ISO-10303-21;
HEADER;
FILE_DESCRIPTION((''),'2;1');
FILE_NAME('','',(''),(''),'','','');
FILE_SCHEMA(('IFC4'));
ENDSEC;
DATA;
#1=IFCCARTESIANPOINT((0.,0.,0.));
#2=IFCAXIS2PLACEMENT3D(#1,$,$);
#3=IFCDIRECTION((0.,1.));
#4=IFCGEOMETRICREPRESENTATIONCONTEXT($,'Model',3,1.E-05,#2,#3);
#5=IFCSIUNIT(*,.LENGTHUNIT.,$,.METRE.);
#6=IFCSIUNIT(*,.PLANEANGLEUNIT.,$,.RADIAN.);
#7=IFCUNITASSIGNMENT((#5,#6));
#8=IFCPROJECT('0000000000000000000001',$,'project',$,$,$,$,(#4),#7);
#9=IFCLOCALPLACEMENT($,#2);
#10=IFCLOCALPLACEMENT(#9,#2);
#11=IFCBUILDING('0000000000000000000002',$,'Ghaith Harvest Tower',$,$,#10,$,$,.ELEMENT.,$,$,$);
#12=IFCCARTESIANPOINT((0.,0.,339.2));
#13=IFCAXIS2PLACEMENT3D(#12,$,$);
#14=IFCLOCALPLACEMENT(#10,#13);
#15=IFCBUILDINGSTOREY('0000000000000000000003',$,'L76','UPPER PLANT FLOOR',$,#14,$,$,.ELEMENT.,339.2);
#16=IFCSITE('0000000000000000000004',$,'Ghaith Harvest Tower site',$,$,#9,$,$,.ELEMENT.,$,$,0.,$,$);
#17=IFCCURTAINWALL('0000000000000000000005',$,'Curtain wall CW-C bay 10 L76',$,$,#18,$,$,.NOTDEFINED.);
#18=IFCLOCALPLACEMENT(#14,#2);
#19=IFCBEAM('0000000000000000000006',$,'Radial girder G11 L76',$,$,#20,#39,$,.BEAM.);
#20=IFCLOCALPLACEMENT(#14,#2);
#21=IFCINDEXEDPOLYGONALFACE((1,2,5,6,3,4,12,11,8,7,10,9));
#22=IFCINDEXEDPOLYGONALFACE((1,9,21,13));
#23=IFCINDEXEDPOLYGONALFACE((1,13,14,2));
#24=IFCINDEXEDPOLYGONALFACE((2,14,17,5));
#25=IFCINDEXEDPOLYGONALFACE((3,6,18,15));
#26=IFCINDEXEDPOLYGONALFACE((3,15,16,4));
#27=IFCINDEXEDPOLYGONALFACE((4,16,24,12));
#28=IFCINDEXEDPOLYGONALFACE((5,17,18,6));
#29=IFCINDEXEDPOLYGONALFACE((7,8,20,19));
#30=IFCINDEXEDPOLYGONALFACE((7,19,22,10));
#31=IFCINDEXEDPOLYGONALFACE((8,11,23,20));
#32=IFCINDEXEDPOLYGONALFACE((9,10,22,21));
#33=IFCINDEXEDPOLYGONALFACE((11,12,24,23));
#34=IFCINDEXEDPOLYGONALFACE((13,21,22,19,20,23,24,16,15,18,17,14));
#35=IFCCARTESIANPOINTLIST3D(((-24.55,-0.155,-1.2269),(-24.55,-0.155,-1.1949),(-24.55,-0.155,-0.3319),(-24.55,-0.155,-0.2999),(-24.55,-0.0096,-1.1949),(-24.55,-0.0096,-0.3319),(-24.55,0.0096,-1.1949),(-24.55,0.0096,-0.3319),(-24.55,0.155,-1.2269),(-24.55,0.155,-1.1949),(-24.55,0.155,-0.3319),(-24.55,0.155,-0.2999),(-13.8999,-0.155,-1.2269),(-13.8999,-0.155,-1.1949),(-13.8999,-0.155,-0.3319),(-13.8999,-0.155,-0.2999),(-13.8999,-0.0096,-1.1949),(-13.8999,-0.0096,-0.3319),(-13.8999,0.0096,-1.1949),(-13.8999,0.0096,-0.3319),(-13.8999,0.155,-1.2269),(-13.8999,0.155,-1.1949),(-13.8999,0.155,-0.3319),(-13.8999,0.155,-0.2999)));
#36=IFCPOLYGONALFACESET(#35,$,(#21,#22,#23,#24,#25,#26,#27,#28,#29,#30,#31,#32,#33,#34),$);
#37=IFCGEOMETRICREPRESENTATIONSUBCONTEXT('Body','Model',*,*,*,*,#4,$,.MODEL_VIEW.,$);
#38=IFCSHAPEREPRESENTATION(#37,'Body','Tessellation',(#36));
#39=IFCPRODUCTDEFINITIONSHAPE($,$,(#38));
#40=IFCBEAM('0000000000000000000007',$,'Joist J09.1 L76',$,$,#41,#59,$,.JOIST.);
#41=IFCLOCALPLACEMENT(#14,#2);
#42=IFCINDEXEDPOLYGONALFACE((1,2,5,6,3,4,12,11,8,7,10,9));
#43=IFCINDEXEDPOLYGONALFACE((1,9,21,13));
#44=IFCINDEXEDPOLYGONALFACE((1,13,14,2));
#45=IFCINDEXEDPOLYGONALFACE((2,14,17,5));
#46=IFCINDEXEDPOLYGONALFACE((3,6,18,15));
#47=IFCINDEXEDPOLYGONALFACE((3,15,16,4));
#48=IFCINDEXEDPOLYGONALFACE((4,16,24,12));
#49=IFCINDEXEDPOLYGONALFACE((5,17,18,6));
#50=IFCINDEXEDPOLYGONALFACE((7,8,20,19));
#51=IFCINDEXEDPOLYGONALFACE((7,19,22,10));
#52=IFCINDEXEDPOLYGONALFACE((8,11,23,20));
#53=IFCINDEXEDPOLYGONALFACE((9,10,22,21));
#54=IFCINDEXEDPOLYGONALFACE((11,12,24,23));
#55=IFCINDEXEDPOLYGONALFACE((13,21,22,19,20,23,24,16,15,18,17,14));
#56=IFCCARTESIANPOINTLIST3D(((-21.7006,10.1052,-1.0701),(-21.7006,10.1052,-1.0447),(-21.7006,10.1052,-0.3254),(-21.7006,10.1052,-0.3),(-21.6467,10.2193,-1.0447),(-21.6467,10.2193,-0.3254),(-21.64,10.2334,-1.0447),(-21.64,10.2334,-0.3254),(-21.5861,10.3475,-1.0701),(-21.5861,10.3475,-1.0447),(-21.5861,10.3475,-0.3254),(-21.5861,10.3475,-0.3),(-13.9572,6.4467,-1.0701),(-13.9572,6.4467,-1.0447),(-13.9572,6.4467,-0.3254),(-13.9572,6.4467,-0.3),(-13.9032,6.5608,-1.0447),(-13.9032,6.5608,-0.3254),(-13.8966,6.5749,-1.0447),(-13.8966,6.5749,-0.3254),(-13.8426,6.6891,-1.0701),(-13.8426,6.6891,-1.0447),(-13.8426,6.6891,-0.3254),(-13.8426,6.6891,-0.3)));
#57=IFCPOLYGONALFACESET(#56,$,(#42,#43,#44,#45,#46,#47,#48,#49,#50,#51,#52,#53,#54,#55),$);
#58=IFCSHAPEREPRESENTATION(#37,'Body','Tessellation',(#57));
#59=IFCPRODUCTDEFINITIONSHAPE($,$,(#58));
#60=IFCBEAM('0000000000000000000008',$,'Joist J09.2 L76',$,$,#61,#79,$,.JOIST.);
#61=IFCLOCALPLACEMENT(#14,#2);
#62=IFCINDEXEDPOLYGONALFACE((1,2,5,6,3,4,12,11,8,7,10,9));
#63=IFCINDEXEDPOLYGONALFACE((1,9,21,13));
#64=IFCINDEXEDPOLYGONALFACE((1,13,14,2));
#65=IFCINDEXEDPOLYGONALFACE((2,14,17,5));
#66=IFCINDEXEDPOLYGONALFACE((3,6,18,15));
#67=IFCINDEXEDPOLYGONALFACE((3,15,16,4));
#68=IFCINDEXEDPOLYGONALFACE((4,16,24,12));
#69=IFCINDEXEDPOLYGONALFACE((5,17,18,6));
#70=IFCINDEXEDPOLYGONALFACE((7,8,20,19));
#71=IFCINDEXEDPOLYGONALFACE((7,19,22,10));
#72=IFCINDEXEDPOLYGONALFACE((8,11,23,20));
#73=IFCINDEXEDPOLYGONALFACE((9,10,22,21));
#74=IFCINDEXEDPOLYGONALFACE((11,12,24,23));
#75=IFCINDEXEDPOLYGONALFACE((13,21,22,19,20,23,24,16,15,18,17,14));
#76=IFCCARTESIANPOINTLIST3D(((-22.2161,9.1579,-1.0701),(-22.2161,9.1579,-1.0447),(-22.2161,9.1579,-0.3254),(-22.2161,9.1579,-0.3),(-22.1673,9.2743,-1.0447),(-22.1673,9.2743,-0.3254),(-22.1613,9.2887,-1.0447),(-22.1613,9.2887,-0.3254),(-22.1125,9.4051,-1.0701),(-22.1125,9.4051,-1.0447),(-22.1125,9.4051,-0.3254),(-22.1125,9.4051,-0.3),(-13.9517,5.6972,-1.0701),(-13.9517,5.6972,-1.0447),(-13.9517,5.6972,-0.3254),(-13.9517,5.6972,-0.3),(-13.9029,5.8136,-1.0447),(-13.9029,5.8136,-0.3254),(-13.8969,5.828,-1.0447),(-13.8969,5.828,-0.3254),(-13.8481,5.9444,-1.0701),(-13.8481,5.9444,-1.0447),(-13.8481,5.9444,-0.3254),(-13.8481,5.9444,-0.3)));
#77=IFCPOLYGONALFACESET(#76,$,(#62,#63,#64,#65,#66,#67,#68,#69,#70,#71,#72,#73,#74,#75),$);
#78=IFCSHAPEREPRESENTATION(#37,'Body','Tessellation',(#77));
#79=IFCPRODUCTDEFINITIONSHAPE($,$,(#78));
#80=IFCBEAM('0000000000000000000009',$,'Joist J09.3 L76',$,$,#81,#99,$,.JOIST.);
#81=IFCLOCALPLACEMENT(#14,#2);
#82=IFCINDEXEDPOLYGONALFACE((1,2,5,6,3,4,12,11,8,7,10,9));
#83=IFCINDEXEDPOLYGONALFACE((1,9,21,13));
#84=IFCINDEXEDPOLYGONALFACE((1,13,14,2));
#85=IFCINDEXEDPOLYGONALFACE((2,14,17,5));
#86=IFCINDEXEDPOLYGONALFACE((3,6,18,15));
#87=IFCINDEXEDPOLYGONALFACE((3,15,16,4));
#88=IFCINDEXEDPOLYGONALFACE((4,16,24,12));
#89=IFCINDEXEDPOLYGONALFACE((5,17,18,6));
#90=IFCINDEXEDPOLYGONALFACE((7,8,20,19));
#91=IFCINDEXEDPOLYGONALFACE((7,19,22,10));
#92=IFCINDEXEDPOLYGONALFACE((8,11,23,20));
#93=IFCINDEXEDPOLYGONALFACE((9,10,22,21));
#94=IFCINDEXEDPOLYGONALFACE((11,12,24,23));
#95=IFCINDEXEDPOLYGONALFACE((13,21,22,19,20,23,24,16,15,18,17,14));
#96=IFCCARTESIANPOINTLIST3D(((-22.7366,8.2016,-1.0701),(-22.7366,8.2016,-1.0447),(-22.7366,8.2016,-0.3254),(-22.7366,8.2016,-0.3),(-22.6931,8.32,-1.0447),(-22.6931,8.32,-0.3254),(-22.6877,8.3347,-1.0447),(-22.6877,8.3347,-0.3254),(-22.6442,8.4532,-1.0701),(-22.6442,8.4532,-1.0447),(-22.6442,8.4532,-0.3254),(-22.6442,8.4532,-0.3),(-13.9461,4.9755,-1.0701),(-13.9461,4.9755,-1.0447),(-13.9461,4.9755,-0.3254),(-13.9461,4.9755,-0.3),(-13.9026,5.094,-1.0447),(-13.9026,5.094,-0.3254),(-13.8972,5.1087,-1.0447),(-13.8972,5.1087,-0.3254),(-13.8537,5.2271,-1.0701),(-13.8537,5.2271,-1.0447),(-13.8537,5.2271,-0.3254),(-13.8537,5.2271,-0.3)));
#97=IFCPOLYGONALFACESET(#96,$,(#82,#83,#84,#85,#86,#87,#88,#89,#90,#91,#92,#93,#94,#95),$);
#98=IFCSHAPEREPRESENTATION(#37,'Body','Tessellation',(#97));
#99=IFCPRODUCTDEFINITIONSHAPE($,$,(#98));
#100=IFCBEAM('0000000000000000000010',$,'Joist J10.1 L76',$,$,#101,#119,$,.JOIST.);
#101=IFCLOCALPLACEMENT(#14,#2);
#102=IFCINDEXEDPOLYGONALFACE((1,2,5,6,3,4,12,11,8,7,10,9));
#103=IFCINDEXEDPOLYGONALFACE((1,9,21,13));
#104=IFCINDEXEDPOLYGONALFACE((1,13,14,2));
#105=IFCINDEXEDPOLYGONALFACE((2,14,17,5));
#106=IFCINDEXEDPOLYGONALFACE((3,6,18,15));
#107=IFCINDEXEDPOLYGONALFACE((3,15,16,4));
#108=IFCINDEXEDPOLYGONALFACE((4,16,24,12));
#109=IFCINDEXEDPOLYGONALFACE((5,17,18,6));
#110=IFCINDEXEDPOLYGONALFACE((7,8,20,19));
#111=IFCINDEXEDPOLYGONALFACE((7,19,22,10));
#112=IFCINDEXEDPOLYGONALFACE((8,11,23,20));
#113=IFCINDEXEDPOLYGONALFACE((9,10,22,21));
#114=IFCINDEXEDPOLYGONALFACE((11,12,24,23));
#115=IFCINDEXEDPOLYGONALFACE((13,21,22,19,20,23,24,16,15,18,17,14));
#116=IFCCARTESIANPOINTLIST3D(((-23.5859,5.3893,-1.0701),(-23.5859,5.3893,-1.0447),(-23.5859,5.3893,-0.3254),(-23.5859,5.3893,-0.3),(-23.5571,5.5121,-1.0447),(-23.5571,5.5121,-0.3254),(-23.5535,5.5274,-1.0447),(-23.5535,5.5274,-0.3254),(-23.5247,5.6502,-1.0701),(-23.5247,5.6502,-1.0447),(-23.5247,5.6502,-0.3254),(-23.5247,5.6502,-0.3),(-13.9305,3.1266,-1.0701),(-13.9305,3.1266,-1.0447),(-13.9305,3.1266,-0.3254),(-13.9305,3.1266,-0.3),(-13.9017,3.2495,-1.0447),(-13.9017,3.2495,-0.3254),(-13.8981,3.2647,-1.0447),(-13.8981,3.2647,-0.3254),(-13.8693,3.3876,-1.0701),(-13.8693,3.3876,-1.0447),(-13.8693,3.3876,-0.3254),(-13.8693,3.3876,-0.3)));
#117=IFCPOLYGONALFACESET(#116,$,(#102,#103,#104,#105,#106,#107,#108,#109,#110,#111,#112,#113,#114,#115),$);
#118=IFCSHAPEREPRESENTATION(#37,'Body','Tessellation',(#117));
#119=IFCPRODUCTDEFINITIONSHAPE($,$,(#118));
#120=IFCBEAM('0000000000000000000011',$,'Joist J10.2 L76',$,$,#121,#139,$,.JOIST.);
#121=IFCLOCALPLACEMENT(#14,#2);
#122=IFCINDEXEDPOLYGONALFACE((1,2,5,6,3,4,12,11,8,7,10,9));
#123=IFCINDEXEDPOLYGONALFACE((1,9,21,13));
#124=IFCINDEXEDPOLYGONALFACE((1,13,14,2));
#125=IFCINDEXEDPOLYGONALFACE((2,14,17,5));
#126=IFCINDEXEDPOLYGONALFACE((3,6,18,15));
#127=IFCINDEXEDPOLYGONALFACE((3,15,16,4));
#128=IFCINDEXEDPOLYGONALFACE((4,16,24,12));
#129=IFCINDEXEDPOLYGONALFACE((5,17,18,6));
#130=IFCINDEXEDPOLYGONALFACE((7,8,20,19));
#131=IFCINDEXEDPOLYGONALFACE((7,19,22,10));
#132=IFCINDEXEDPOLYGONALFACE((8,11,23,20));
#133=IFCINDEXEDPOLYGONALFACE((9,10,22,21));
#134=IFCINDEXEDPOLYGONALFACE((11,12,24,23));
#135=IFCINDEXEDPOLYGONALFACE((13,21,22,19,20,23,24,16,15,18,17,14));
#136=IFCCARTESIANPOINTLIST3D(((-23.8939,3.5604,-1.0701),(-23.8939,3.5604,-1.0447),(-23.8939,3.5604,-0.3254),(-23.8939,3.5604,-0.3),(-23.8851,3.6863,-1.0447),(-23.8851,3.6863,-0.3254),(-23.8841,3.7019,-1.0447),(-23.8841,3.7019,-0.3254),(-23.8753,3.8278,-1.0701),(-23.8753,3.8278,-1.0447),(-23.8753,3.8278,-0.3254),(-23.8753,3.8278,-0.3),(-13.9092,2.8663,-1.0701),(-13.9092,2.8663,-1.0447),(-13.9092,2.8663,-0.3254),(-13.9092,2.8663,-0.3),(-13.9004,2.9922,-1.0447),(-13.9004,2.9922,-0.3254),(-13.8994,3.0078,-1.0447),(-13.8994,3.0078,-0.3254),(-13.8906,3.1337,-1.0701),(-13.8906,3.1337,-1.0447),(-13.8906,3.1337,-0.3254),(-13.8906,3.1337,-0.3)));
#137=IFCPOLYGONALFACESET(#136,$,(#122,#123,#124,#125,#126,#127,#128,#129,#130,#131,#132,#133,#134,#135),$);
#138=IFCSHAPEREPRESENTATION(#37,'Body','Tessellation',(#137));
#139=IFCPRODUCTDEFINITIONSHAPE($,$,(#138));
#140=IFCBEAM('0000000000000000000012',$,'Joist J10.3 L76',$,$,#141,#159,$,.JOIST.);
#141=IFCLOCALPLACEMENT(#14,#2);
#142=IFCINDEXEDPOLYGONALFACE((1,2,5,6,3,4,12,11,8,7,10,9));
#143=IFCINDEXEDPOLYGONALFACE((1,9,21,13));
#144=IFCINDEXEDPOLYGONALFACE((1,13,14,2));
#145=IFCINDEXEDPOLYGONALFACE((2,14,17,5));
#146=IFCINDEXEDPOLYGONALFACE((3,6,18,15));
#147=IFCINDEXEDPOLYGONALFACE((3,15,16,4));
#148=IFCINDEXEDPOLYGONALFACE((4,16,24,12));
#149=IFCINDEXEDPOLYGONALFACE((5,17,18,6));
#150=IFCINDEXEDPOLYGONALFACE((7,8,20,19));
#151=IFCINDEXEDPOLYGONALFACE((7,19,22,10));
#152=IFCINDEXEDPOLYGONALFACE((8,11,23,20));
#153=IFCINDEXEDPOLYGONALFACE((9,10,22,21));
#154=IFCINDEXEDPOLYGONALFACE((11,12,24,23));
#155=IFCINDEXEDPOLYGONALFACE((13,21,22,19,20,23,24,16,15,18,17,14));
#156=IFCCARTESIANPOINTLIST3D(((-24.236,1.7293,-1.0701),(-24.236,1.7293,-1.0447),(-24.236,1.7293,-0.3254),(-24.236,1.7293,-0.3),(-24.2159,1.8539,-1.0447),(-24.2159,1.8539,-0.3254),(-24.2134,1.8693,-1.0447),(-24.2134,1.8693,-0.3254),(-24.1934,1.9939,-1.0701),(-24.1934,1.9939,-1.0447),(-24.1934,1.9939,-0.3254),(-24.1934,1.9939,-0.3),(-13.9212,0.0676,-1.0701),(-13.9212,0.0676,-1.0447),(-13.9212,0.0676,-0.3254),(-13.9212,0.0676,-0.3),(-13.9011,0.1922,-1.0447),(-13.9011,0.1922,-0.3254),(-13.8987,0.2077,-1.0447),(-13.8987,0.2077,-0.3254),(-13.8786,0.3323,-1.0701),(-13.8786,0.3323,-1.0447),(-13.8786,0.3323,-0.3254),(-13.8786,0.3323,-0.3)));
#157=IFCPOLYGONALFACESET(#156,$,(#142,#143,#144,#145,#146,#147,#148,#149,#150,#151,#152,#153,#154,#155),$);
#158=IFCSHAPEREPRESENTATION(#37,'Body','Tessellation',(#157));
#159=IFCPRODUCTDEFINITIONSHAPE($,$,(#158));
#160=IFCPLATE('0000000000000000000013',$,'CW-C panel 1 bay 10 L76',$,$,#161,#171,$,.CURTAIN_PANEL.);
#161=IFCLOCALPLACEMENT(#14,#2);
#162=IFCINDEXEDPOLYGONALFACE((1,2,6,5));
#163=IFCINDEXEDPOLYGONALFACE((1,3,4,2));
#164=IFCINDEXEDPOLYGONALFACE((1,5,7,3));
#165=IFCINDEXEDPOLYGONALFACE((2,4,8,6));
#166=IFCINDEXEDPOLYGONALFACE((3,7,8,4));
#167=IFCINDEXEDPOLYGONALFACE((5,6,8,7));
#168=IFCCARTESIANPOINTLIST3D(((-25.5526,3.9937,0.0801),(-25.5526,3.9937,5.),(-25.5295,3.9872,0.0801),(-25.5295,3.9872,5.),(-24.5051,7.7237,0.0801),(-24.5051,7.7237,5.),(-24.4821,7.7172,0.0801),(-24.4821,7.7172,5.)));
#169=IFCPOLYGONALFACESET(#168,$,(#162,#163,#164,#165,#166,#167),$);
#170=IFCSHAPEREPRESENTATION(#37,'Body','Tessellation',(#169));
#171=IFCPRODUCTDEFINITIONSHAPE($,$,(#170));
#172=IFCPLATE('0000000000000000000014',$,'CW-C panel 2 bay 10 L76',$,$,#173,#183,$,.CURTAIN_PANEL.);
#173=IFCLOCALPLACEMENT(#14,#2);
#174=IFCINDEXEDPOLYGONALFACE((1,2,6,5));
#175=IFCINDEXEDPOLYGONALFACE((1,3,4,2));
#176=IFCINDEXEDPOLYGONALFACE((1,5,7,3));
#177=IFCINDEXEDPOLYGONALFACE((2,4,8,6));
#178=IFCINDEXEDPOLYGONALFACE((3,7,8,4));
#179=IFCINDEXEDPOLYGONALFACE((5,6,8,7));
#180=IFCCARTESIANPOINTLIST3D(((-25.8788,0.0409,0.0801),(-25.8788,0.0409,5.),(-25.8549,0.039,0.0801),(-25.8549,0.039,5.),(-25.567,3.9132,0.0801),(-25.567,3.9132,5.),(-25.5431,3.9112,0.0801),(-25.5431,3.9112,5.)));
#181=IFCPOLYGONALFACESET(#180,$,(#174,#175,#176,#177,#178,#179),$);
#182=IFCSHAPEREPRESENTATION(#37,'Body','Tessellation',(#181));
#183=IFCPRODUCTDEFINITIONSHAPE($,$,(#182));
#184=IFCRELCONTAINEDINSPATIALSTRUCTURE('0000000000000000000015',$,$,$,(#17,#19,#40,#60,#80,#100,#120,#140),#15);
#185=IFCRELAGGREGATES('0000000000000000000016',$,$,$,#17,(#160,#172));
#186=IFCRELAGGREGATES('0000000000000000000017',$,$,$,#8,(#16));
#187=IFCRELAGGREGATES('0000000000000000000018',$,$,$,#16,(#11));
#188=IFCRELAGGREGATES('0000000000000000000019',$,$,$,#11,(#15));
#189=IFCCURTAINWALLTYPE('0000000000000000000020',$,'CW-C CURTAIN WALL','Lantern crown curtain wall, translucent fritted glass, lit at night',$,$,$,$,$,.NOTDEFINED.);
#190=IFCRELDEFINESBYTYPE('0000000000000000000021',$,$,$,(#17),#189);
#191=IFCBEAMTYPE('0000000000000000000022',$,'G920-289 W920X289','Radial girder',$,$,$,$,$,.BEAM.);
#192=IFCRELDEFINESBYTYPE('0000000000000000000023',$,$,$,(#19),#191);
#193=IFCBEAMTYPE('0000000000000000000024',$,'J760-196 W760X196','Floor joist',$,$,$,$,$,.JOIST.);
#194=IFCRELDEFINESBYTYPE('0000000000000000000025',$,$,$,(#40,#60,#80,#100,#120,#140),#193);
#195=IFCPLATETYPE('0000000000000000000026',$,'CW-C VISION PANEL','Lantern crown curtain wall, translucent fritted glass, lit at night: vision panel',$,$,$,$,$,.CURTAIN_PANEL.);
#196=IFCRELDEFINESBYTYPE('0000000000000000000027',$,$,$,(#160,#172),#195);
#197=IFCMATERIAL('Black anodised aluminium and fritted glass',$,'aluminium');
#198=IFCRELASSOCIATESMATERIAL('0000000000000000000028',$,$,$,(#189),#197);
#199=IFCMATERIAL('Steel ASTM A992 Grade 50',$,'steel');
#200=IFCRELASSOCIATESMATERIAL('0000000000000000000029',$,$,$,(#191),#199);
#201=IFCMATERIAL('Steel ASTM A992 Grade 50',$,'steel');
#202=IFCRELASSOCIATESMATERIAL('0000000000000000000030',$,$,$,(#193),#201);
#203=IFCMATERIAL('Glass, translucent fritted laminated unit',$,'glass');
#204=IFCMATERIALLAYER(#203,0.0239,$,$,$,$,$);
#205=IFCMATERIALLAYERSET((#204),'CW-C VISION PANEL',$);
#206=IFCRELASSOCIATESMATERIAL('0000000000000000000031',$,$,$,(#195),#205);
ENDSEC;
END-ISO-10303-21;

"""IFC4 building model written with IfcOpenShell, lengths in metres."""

from ifc_helpers import new_model, si_unit, direction, frame, origin, origin_2d, place, context, subcontext, project, spatial, rectangle, i_section, extrude, material, layer, layer_set, material_profile, profile_set, type_object, element, aggregate, save


model = new_model("IFC4")

# Units and contexts
model_context = context("Model", 3, precision=1e-05, world=origin(), true_north=direction((0.0, 1.0)))
body_context = subcontext(model_context, "Body", "Model", "MODEL_VIEW")
ifc_project = project(units=[si_unit("LENGTHUNIT", "METRE"), si_unit("PLANEANGLEUNIT", "RADIAN")], contexts=[model_context])

# Site, building, storey
site_placement = place(None, origin())
site = spatial("IfcSite", under=ifc_project, at=site_placement, Name="Ghaith Harvest Tower site", CompositionType="ELEMENT", RefElevation=0.0)
building_placement = place(site_placement, origin())
building = spatial("IfcBuilding", under=site, at=building_placement, Name="Ghaith Harvest Tower", CompositionType="ELEMENT")
storey_placement = place(building_placement, frame((0.0, 0.0, 339.2)))
storey = spatial("IfcBuildingStorey", under=building, at=storey_placement, Name="L76", Description="UPPER PLANT FLOOR", CompositionType="ELEMENT", Elevation=339.2)

# Curtain wall
ifc_material_1 = material(Name="Black anodised aluminium and fritted glass", Category="aluminium")
curtain_wall_type = type_object("IfcCurtainWallType", Name="CW-C CURTAIN WALL", Description="Lantern crown curtain wall, translucent fritted glass, lit at night", PredefinedType="NOTDEFINED", material=ifc_material_1)
curtain_wall_1_placement = place(storey_placement, origin())
curtain_wall_1 = element("IfcCurtainWall", 1, at=curtain_wall_1_placement, inside=storey, type_object=curtain_wall_type, Name="Curtain wall CW-C bay 10 L76", PredefinedType="NOTDEFINED")

# Beams
ifc_material_2 = material(Name="Steel ASTM A992 Grade 50", Category="steel")
ifc_material_profile_1 = material_profile(ifc_material_2, i_section(OverallWidth=0.3101, OverallDepth=0.927, WebThickness=0.0193, FlangeThickness=0.032, at=origin_2d()), Name="W920X289")
ifc_profile_set_1 = profile_set([ifc_material_profile_1], Name="Steel ASTM A992 Grade 50")
beam_type_1 = type_object("IfcBeamType", Name="G920-289 W920X289", Description="Radial girder", PredefinedType="BEAM", material=ifc_profile_set_1)
beam_1_placement = place(storey_placement, frame((-13.8999, 0.0, -0.7634), z_axis=(-1.0, 0.0, 0.0), x_axis=(0.0, -1.0, 0.0)))
element("IfcBeam", 2, at=beam_1_placement, inside=storey, type_object=beam_type_1, Name="Radial girder G11 L76", PredefinedType="BEAM", context=body_context, shape_type="SweptSolid", body=[
    extrude(i_section(OverallWidth=0.3101, OverallDepth=0.927, WebThickness=0.0193, FlangeThickness=0.032, at=origin_2d()), origin(), (0.0, 0.0, 1.0), 10.6501),
])
ifc_material_3 = material(Name="Steel ASTM A992 Grade 50", Category="steel")
ifc_material_profile_2 = material_profile(ifc_material_3, i_section(OverallWidth=0.2681, OverallDepth=0.77, WebThickness=0.0156, FlangeThickness=0.0254, at=origin_2d()), Name="W760X196")
ifc_profile_set_2 = profile_set([ifc_material_profile_2], Name="Steel ASTM A992 Grade 50")
beam_type_2 = type_object("IfcBeamType", Name="J760-196 W760X196", Description="Floor joist", PredefinedType="JOIST", material=ifc_profile_set_2)
beam_2_placement = place(storey_placement, frame((-13.8999, 6.5679, -0.6851), z_axis=(-0.904166, 0.427182, 0.0), x_axis=(-0.427182, -0.904166, 0.0)))
element("IfcBeam", 3, at=beam_2_placement, inside=storey, type_object=beam_type_2, Name="Joist J09.1 L76", PredefinedType="JOIST", context=body_context, shape_type="SweptSolid", body=[
    extrude(i_section(OverallWidth=0.2681, OverallDepth=0.77, WebThickness=0.0156, FlangeThickness=0.0254, at=origin_2d()), origin(), (0.0, 0.0, 1.0), 8.5642),
])
beam_3_placement = place(storey_placement, frame((-13.8999, 5.8208, -0.6851), z_axis=(-0.922394, 0.38625, 0.0), x_axis=(-0.38625, -0.922394, 0.0)))
element("IfcBeam", 4, at=beam_3_placement, inside=storey, type_object=beam_type_2, Name="Joist J09.2 L76", PredefinedType="JOIST", context=body_context, shape_type="SweptSolid", body=[
    extrude(i_section(OverallWidth=0.2681, OverallDepth=0.77, WebThickness=0.0156, FlangeThickness=0.0254, at=origin_2d()), origin(), (0.0, 0.0, 1.0), 8.9597),
])
beam_4_placement = place(storey_placement, frame((-13.8999, 5.1013, -0.6851), z_axis=(-0.938777, 0.344526, 0.0), x_axis=(-0.344526, -0.938777, 0.0)))
element("IfcBeam", 5, at=beam_4_placement, inside=storey, type_object=beam_type_2, Name="Joist J09.3 L76", PredefinedType="JOIST", context=body_context, shape_type="SweptSolid", body=[
    extrude(i_section(OverallWidth=0.2681, OverallDepth=0.77, WebThickness=0.0156, FlangeThickness=0.0254, at=origin_2d()), origin(), (0.0, 0.0, 1.0), 9.3638),
])
beam_5_placement = place(storey_placement, frame((-13.8999, 3.2571, -0.6851), z_axis=(-0.973623, 0.228161, 0.0), x_axis=(-0.228161, -0.973623, 0.0)))
element("IfcBeam", 6, at=beam_5_placement, inside=storey, type_object=beam_type_2, Name="Joist J10.1 L76", PredefinedType="JOIST", context=body_context, shape_type="SweptSolid", body=[
    extrude(i_section(OverallWidth=0.2681, OverallDepth=0.77, WebThickness=0.0156, FlangeThickness=0.0254, at=origin_2d()), origin(), (0.0, 0.0, 1.0), 9.917),
])
beam_6_placement = place(storey_placement, frame((-13.8999, 3.0, -0.6851), z_axis=(-0.997592, 0.069349, 0.0), x_axis=(-0.069349, -0.997592, 0.0)))
element("IfcBeam", 7, at=beam_6_placement, inside=storey, type_object=beam_type_2, Name="Joist J10.2 L76", PredefinedType="JOIST", context=body_context, shape_type="SweptSolid", body=[
    extrude(i_section(OverallWidth=0.2681, OverallDepth=0.77, WebThickness=0.0156, FlangeThickness=0.0254, at=origin_2d()), origin(), (0.0, 0.0, 1.0), 10.0088),
])
beam_7_placement = place(storey_placement, frame((-13.8999, 0.2, -0.6851), z_axis=(-0.987272, 0.159042, 0.0), x_axis=(-0.159042, -0.987272, 0.0)))
element("IfcBeam", 8, at=beam_7_placement, inside=storey, type_object=beam_type_2, Name="Joist J10.3 L76", PredefinedType="JOIST", context=body_context, shape_type="SweptSolid", body=[
    extrude(i_section(OverallWidth=0.2681, OverallDepth=0.77, WebThickness=0.0156, FlangeThickness=0.0254, at=origin_2d()), origin(), (0.0, 0.0, 1.0), 10.4478),
])

# Plates
ifc_material_4 = material(Name="Glass, translucent fritted laminated unit", Category="glass")
ifc_layer = layer(ifc_material_4, 0.0239)
ifc_layer_set = layer_set([ifc_layer], Name="CW-C VISION PANEL")
plate_type = type_object("IfcPlateType", Name="CW-C VISION PANEL", Description="Lantern crown curtain wall, translucent fritted glass, lit at night: vision panel", PredefinedType="CURTAIN_PANEL", material=ifc_layer_set)
plate_1_placement = place(storey_placement, frame((-25.0173, 5.8555, 0.0801), z_axis=(0.0, 0.0, 1.0), x_axis=(-0.270355, -0.962761, 0.0)))
plate_1 = element("IfcPlate", 9, at=plate_1_placement, type_object=plate_type, Name="CW-C panel 1 bay 10 L76", PredefinedType="CURTAIN_PANEL", context=body_context, shape_type="SweptSolid", body=[
    extrude(rectangle(XDim=3.8743, YDim=0.0239, at=origin_2d()), origin(), (0.0, 0.0, 1.0), 4.9199),
])
plate_2_placement = place(storey_placement, frame((-25.7109, 1.9761, 0.0801), z_axis=(0.0, 0.0, 1.0), x_axis=(-0.080258, -0.996774, 0.0)))
plate_2 = element("IfcPlate", 10, at=plate_2_placement, type_object=plate_type, Name="CW-C panel 2 bay 10 L76", PredefinedType="CURTAIN_PANEL", context=body_context, shape_type="SweptSolid", body=[
    extrude(rectangle(XDim=3.8848, YDim=0.0239, at=origin_2d()), origin(), (0.0, 0.0, 1.0), 4.9199),
])
aggregate(curtain_wall_1, [plate_1, plate_2])

save(model, "model.ifc")
